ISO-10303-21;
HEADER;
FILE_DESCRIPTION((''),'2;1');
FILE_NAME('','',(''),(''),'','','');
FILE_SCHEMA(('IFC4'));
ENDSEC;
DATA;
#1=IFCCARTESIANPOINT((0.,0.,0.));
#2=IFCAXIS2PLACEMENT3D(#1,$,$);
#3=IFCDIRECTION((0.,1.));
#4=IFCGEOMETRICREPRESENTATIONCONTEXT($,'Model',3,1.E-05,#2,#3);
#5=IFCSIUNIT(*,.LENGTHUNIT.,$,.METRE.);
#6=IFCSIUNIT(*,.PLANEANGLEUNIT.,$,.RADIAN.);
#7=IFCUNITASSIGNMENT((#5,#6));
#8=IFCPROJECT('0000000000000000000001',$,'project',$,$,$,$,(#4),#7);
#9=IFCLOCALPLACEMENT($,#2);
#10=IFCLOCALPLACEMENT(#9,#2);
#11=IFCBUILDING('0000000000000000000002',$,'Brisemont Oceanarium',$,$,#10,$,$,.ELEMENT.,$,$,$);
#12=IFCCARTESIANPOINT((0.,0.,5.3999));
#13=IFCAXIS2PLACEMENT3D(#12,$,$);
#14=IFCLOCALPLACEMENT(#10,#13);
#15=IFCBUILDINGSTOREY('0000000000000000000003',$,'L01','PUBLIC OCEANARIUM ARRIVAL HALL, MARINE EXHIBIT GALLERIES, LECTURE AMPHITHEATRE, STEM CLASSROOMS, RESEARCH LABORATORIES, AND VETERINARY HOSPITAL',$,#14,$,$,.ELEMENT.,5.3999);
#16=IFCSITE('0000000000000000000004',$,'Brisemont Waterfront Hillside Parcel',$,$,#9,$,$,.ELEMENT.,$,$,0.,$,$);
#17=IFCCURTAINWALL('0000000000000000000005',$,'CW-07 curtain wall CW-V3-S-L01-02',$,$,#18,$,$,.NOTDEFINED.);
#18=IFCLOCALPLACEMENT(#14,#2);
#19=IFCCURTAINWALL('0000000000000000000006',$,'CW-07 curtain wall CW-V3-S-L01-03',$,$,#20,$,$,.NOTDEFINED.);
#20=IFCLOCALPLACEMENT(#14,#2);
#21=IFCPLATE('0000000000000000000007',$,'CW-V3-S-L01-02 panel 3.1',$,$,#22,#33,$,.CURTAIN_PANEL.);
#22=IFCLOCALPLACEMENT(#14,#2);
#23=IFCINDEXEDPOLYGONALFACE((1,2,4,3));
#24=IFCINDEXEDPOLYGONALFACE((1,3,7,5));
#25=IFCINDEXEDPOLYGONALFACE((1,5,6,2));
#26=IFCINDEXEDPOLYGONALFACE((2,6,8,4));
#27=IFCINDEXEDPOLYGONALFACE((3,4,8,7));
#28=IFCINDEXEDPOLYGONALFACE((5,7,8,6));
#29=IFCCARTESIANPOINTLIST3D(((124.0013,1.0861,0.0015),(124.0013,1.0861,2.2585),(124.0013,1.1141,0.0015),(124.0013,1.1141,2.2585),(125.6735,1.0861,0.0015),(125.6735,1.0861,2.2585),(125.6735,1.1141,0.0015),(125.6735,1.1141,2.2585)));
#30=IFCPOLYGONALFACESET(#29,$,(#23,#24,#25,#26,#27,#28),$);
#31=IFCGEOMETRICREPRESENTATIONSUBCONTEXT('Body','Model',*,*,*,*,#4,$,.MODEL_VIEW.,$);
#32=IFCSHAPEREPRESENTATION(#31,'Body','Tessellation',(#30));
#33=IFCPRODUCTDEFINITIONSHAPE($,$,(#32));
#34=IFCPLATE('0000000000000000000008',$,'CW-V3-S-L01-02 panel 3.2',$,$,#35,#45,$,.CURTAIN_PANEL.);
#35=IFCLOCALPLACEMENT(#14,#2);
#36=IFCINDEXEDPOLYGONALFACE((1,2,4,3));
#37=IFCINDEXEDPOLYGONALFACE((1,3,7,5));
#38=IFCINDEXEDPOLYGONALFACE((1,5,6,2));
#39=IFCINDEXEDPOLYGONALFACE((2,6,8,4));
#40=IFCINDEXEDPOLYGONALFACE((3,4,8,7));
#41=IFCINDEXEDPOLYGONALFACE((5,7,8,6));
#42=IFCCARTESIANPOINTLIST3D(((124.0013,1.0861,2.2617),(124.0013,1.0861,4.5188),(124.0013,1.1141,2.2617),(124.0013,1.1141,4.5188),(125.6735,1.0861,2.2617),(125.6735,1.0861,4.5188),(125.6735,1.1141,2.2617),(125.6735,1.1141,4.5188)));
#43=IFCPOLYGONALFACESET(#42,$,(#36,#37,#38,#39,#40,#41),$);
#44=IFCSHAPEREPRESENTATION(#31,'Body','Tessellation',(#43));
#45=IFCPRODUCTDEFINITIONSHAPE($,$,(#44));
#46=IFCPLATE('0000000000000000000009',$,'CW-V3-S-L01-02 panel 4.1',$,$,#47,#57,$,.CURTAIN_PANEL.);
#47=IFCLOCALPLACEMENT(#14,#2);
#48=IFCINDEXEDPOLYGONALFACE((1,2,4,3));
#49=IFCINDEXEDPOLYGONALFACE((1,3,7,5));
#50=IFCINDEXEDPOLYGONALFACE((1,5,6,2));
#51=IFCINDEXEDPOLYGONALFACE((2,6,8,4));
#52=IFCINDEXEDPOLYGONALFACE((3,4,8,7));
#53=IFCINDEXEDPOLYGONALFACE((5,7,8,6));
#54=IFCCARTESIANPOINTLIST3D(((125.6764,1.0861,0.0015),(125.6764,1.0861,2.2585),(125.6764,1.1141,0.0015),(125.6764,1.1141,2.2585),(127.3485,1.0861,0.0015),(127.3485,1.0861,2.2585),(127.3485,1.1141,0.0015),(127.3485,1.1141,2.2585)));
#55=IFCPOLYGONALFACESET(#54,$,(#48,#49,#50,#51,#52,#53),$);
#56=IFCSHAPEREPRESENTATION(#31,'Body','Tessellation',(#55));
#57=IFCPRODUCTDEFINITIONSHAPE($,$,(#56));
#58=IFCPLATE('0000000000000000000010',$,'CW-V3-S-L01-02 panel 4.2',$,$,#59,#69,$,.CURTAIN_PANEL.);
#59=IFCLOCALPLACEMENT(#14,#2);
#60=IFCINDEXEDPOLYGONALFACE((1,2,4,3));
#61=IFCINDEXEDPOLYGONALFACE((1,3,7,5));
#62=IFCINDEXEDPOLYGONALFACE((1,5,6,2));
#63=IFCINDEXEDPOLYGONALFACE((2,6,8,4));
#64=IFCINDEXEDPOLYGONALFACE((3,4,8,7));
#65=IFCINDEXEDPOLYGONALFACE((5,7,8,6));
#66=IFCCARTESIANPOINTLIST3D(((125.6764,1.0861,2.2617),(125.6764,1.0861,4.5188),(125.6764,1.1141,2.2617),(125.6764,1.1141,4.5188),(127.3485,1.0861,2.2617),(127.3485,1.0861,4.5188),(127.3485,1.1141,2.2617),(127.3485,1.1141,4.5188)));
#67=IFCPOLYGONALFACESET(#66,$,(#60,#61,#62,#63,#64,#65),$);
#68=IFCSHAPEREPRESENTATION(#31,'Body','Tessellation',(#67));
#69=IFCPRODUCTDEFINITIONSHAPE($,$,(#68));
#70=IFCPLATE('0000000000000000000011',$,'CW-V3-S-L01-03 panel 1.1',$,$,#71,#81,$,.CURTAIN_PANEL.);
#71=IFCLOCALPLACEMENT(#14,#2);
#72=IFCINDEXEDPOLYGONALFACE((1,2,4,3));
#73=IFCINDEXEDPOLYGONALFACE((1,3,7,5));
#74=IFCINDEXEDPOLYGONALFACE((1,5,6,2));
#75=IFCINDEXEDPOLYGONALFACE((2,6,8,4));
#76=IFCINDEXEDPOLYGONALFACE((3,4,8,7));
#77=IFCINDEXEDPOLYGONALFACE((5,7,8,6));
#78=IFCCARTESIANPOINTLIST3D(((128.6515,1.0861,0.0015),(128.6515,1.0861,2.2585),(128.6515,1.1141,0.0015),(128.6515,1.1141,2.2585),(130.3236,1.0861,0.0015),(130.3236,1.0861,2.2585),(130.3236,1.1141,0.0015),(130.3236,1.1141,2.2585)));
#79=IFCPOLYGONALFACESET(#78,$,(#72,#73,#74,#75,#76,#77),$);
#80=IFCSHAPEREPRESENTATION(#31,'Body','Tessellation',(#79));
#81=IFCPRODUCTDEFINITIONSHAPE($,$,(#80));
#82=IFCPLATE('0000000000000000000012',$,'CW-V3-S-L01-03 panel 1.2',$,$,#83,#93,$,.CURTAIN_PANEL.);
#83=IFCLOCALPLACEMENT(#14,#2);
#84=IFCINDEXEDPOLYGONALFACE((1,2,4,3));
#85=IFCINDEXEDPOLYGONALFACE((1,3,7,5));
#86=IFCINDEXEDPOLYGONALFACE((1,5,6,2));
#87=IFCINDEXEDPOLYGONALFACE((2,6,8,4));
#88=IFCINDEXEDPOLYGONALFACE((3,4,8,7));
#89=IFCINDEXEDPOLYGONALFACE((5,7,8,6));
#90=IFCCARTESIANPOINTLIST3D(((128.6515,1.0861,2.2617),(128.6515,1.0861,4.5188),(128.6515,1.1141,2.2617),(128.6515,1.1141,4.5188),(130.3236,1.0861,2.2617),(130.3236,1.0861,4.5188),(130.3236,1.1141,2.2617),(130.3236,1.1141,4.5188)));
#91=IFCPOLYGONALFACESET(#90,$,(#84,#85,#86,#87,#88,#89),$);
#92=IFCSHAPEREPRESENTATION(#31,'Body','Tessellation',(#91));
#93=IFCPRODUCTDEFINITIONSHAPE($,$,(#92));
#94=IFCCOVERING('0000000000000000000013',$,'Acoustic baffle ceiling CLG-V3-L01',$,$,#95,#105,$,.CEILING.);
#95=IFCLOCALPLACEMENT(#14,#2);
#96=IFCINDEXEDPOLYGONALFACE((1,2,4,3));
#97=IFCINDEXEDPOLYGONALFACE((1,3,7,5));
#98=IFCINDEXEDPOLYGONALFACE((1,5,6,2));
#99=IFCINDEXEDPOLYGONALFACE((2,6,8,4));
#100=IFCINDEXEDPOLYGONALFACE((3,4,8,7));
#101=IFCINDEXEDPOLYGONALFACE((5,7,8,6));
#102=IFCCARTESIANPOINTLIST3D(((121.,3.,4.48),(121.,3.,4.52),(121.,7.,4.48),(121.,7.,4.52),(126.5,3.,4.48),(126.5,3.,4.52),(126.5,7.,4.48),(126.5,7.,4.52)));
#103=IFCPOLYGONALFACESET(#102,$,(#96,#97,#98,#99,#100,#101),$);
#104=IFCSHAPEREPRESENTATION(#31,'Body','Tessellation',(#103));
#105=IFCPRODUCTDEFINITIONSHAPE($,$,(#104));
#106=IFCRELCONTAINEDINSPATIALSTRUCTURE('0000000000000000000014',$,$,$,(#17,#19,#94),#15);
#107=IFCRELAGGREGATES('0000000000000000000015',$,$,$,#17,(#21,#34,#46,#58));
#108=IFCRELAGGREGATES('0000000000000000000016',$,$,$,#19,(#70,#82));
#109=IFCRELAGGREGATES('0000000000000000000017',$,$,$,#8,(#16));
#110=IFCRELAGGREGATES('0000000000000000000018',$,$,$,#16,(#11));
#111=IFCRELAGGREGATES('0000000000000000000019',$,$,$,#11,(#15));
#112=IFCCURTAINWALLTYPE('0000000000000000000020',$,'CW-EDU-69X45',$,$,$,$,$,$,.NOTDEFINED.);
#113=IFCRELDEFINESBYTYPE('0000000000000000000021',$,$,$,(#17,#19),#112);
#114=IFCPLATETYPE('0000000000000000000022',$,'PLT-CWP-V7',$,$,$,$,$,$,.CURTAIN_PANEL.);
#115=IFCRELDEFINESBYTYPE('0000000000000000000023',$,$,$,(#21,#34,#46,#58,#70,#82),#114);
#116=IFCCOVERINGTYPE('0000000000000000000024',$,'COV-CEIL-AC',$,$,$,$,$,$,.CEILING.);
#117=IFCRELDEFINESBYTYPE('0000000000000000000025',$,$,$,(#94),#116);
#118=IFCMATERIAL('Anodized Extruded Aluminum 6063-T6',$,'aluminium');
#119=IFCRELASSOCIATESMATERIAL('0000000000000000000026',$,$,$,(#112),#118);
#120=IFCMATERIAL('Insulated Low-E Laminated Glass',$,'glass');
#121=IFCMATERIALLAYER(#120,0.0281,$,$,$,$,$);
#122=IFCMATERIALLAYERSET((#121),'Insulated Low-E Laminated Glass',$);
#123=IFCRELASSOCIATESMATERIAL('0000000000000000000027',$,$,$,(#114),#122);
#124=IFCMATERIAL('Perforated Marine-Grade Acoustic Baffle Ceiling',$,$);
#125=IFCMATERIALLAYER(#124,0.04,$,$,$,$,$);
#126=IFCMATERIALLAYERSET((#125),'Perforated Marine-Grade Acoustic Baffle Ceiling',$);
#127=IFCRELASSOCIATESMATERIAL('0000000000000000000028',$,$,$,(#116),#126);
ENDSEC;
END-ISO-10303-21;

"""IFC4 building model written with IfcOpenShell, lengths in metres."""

from ifc_helpers import new_model, si_unit, direction, frame, origin, origin_2d, place, context, subcontext, project, spatial, rectangle, extrude, material, layer, layer_set, type_object, element, aggregate, save


model = new_model("IFC4")

# Units and contexts
model_context = context("Model", 3, precision=1e-05, world=origin(), true_north=direction((0.0, 1.0)))
body_context = subcontext(model_context, "Body", "Model", "MODEL_VIEW")
ifc_project = project(units=[si_unit("LENGTHUNIT", "METRE"), si_unit("PLANEANGLEUNIT", "RADIAN")], contexts=[model_context])

# Site, building, storey
site_placement = place(None, origin())
site = spatial("IfcSite", under=ifc_project, at=site_placement, Name="Brisemont Waterfront Hillside Parcel", CompositionType="ELEMENT", RefElevation=0.0)
building_placement = place(site_placement, origin())
building = spatial("IfcBuilding", under=site, at=building_placement, Name="Brisemont Oceanarium", CompositionType="ELEMENT")
storey_placement = place(building_placement, frame((0.0, 0.0, 5.3999)))
storey = spatial("IfcBuildingStorey", under=building, at=storey_placement, Name="L01", Description="PUBLIC OCEANARIUM ARRIVAL HALL, MARINE EXHIBIT GALLERIES, LECTURE AMPHITHEATRE, STEM CLASSROOMS, RESEARCH LABORATORIES, AND VETERINARY HOSPITAL", CompositionType="ELEMENT", Elevation=5.3999)

# Shared definitions
ifc_material_1 = material(Name="Anodized Extruded Aluminum 6063-T6", Category="aluminium")
curtain_wall_type = type_object("IfcCurtainWallType", Name="CW-EDU-69X45", PredefinedType="NOTDEFINED", material=ifc_material_1)

# Curtain wall
curtain_wall_1_placement = place(storey_placement, origin())
curtain_wall_1 = element("IfcCurtainWall", 1, at=curtain_wall_1_placement, inside=storey, type_object=curtain_wall_type, Name="CW-07 curtain wall CW-V3-S-L01-02", PredefinedType="NOTDEFINED")

# Curtain wall
curtain_wall_2_placement = place(storey_placement, origin())
curtain_wall_2 = element("IfcCurtainWall", 2, at=curtain_wall_2_placement, inside=storey, type_object=curtain_wall_type, Name="CW-07 curtain wall CW-V3-S-L01-03", PredefinedType="NOTDEFINED")

# Plates
ifc_material_2 = material(Name="Insulated Low-E Laminated Glass", Category="glass")
ifc_layer_1 = layer(ifc_material_2, 0.0281)
ifc_layer_set_1 = layer_set([ifc_layer_1], Name="Insulated Low-E Laminated Glass")
plate_type = type_object("IfcPlateType", Name="PLT-CWP-V7", PredefinedType="CURTAIN_PANEL", material=ifc_layer_set_1)
plate_1_placement = place(storey_placement, frame((124.8374, 1.1001, 0.0015), z_axis=(0.0, 0.0, 1.0), x_axis=(1.0, 0.0, 0.0)))
plate_1 = element("IfcPlate", 3, at=plate_1_placement, type_object=plate_type, Name="CW-V3-S-L01-02 panel 3.1", PredefinedType="CURTAIN_PANEL", context=body_context, shape_type="SweptSolid", body=[
    extrude(rectangle(XDim=1.6721, YDim=0.0281, at=origin_2d()), origin(), (0.0, 0.0, 1.0), 2.2571),
])
plate_2_placement = place(storey_placement, frame((124.8374, 1.1001, 2.2617), z_axis=(0.0, 0.0, 1.0), x_axis=(1.0, 0.0, 0.0)))
plate_2 = element("IfcPlate", 4, at=plate_2_placement, type_object=plate_type, Name="CW-V3-S-L01-02 panel 3.2", PredefinedType="CURTAIN_PANEL", context=body_context, shape_type="SweptSolid", body=[
    extrude(rectangle(XDim=1.6721, YDim=0.0281, at=origin_2d()), origin(), (0.0, 0.0, 1.0), 2.2571),
])
plate_3_placement = place(storey_placement, frame((126.5125, 1.1001, 0.0015), z_axis=(0.0, 0.0, 1.0), x_axis=(1.0, 0.0, 0.0)))
plate_3 = element("IfcPlate", 5, at=plate_3_placement, type_object=plate_type, Name="CW-V3-S-L01-02 panel 4.1", PredefinedType="CURTAIN_PANEL", context=body_context, shape_type="SweptSolid", body=[
    extrude(rectangle(XDim=1.6721, YDim=0.0281, at=origin_2d()), origin(), (0.0, 0.0, 1.0), 2.2571),
])
plate_4_placement = place(storey_placement, frame((126.5125, 1.1001, 2.2617), z_axis=(0.0, 0.0, 1.0), x_axis=(1.0, 0.0, 0.0)))
plate_4 = element("IfcPlate", 6, at=plate_4_placement, type_object=plate_type, Name="CW-V3-S-L01-02 panel 4.2", PredefinedType="CURTAIN_PANEL", context=body_context, shape_type="SweptSolid", body=[
    extrude(rectangle(XDim=1.6721, YDim=0.0281, at=origin_2d()), origin(), (0.0, 0.0, 1.0), 2.2571),
])
aggregate(curtain_wall_1, [plate_1, plate_2, plate_3, plate_4])
plate_5_placement = place(storey_placement, frame((129.4875, 1.1001, 0.0015), z_axis=(0.0, 0.0, 1.0), x_axis=(1.0, 0.0, 0.0)))
plate_5 = element("IfcPlate", 7, at=plate_5_placement, type_object=plate_type, Name="CW-V3-S-L01-03 panel 1.1", PredefinedType="CURTAIN_PANEL", context=body_context, shape_type="SweptSolid", body=[
    extrude(rectangle(XDim=1.6721, YDim=0.0281, at=origin_2d()), origin(), (0.0, 0.0, 1.0), 2.2571),
])
plate_6_placement = place(storey_placement, frame((129.4875, 1.1001, 2.2617), z_axis=(0.0, 0.0, 1.0), x_axis=(1.0, 0.0, 0.0)))
plate_6 = element("IfcPlate", 8, at=plate_6_placement, type_object=plate_type, Name="CW-V3-S-L01-03 panel 1.2", PredefinedType="CURTAIN_PANEL", context=body_context, shape_type="SweptSolid", body=[
    extrude(rectangle(XDim=1.6721, YDim=0.0281, at=origin_2d()), origin(), (0.0, 0.0, 1.0), 2.2571),
])
aggregate(curtain_wall_2, [plate_5, plate_6])

# Covering
ifc_material_3 = material(Name="Perforated Marine-Grade Acoustic Baffle Ceiling")
ifc_layer_2 = layer(ifc_material_3, 0.04)
ifc_layer_set_2 = layer_set([ifc_layer_2], Name="Perforated Marine-Grade Acoustic Baffle Ceiling")
covering_type = type_object("IfcCoveringType", Name="COV-CEIL-AC", PredefinedType="CEILING", material=ifc_layer_set_2)
covering_placement = place(storey_placement, frame((123.75, 5.0, 4.48), z_axis=(0.0, 0.0, 1.0), x_axis=(1.0, 0.0, 0.0)))
element("IfcCovering", 9, at=covering_placement, inside=storey, type_object=covering_type, Name="Acoustic baffle ceiling CLG-V3-L01", PredefinedType="CEILING", context=body_context, shape_type="SweptSolid", body=[
    extrude(rectangle(XDim=5.5, YDim=4.0, at=origin_2d()), origin(), (0.0, 0.0, 1.0), 0.04),
])

save(model, "model.ifc")
